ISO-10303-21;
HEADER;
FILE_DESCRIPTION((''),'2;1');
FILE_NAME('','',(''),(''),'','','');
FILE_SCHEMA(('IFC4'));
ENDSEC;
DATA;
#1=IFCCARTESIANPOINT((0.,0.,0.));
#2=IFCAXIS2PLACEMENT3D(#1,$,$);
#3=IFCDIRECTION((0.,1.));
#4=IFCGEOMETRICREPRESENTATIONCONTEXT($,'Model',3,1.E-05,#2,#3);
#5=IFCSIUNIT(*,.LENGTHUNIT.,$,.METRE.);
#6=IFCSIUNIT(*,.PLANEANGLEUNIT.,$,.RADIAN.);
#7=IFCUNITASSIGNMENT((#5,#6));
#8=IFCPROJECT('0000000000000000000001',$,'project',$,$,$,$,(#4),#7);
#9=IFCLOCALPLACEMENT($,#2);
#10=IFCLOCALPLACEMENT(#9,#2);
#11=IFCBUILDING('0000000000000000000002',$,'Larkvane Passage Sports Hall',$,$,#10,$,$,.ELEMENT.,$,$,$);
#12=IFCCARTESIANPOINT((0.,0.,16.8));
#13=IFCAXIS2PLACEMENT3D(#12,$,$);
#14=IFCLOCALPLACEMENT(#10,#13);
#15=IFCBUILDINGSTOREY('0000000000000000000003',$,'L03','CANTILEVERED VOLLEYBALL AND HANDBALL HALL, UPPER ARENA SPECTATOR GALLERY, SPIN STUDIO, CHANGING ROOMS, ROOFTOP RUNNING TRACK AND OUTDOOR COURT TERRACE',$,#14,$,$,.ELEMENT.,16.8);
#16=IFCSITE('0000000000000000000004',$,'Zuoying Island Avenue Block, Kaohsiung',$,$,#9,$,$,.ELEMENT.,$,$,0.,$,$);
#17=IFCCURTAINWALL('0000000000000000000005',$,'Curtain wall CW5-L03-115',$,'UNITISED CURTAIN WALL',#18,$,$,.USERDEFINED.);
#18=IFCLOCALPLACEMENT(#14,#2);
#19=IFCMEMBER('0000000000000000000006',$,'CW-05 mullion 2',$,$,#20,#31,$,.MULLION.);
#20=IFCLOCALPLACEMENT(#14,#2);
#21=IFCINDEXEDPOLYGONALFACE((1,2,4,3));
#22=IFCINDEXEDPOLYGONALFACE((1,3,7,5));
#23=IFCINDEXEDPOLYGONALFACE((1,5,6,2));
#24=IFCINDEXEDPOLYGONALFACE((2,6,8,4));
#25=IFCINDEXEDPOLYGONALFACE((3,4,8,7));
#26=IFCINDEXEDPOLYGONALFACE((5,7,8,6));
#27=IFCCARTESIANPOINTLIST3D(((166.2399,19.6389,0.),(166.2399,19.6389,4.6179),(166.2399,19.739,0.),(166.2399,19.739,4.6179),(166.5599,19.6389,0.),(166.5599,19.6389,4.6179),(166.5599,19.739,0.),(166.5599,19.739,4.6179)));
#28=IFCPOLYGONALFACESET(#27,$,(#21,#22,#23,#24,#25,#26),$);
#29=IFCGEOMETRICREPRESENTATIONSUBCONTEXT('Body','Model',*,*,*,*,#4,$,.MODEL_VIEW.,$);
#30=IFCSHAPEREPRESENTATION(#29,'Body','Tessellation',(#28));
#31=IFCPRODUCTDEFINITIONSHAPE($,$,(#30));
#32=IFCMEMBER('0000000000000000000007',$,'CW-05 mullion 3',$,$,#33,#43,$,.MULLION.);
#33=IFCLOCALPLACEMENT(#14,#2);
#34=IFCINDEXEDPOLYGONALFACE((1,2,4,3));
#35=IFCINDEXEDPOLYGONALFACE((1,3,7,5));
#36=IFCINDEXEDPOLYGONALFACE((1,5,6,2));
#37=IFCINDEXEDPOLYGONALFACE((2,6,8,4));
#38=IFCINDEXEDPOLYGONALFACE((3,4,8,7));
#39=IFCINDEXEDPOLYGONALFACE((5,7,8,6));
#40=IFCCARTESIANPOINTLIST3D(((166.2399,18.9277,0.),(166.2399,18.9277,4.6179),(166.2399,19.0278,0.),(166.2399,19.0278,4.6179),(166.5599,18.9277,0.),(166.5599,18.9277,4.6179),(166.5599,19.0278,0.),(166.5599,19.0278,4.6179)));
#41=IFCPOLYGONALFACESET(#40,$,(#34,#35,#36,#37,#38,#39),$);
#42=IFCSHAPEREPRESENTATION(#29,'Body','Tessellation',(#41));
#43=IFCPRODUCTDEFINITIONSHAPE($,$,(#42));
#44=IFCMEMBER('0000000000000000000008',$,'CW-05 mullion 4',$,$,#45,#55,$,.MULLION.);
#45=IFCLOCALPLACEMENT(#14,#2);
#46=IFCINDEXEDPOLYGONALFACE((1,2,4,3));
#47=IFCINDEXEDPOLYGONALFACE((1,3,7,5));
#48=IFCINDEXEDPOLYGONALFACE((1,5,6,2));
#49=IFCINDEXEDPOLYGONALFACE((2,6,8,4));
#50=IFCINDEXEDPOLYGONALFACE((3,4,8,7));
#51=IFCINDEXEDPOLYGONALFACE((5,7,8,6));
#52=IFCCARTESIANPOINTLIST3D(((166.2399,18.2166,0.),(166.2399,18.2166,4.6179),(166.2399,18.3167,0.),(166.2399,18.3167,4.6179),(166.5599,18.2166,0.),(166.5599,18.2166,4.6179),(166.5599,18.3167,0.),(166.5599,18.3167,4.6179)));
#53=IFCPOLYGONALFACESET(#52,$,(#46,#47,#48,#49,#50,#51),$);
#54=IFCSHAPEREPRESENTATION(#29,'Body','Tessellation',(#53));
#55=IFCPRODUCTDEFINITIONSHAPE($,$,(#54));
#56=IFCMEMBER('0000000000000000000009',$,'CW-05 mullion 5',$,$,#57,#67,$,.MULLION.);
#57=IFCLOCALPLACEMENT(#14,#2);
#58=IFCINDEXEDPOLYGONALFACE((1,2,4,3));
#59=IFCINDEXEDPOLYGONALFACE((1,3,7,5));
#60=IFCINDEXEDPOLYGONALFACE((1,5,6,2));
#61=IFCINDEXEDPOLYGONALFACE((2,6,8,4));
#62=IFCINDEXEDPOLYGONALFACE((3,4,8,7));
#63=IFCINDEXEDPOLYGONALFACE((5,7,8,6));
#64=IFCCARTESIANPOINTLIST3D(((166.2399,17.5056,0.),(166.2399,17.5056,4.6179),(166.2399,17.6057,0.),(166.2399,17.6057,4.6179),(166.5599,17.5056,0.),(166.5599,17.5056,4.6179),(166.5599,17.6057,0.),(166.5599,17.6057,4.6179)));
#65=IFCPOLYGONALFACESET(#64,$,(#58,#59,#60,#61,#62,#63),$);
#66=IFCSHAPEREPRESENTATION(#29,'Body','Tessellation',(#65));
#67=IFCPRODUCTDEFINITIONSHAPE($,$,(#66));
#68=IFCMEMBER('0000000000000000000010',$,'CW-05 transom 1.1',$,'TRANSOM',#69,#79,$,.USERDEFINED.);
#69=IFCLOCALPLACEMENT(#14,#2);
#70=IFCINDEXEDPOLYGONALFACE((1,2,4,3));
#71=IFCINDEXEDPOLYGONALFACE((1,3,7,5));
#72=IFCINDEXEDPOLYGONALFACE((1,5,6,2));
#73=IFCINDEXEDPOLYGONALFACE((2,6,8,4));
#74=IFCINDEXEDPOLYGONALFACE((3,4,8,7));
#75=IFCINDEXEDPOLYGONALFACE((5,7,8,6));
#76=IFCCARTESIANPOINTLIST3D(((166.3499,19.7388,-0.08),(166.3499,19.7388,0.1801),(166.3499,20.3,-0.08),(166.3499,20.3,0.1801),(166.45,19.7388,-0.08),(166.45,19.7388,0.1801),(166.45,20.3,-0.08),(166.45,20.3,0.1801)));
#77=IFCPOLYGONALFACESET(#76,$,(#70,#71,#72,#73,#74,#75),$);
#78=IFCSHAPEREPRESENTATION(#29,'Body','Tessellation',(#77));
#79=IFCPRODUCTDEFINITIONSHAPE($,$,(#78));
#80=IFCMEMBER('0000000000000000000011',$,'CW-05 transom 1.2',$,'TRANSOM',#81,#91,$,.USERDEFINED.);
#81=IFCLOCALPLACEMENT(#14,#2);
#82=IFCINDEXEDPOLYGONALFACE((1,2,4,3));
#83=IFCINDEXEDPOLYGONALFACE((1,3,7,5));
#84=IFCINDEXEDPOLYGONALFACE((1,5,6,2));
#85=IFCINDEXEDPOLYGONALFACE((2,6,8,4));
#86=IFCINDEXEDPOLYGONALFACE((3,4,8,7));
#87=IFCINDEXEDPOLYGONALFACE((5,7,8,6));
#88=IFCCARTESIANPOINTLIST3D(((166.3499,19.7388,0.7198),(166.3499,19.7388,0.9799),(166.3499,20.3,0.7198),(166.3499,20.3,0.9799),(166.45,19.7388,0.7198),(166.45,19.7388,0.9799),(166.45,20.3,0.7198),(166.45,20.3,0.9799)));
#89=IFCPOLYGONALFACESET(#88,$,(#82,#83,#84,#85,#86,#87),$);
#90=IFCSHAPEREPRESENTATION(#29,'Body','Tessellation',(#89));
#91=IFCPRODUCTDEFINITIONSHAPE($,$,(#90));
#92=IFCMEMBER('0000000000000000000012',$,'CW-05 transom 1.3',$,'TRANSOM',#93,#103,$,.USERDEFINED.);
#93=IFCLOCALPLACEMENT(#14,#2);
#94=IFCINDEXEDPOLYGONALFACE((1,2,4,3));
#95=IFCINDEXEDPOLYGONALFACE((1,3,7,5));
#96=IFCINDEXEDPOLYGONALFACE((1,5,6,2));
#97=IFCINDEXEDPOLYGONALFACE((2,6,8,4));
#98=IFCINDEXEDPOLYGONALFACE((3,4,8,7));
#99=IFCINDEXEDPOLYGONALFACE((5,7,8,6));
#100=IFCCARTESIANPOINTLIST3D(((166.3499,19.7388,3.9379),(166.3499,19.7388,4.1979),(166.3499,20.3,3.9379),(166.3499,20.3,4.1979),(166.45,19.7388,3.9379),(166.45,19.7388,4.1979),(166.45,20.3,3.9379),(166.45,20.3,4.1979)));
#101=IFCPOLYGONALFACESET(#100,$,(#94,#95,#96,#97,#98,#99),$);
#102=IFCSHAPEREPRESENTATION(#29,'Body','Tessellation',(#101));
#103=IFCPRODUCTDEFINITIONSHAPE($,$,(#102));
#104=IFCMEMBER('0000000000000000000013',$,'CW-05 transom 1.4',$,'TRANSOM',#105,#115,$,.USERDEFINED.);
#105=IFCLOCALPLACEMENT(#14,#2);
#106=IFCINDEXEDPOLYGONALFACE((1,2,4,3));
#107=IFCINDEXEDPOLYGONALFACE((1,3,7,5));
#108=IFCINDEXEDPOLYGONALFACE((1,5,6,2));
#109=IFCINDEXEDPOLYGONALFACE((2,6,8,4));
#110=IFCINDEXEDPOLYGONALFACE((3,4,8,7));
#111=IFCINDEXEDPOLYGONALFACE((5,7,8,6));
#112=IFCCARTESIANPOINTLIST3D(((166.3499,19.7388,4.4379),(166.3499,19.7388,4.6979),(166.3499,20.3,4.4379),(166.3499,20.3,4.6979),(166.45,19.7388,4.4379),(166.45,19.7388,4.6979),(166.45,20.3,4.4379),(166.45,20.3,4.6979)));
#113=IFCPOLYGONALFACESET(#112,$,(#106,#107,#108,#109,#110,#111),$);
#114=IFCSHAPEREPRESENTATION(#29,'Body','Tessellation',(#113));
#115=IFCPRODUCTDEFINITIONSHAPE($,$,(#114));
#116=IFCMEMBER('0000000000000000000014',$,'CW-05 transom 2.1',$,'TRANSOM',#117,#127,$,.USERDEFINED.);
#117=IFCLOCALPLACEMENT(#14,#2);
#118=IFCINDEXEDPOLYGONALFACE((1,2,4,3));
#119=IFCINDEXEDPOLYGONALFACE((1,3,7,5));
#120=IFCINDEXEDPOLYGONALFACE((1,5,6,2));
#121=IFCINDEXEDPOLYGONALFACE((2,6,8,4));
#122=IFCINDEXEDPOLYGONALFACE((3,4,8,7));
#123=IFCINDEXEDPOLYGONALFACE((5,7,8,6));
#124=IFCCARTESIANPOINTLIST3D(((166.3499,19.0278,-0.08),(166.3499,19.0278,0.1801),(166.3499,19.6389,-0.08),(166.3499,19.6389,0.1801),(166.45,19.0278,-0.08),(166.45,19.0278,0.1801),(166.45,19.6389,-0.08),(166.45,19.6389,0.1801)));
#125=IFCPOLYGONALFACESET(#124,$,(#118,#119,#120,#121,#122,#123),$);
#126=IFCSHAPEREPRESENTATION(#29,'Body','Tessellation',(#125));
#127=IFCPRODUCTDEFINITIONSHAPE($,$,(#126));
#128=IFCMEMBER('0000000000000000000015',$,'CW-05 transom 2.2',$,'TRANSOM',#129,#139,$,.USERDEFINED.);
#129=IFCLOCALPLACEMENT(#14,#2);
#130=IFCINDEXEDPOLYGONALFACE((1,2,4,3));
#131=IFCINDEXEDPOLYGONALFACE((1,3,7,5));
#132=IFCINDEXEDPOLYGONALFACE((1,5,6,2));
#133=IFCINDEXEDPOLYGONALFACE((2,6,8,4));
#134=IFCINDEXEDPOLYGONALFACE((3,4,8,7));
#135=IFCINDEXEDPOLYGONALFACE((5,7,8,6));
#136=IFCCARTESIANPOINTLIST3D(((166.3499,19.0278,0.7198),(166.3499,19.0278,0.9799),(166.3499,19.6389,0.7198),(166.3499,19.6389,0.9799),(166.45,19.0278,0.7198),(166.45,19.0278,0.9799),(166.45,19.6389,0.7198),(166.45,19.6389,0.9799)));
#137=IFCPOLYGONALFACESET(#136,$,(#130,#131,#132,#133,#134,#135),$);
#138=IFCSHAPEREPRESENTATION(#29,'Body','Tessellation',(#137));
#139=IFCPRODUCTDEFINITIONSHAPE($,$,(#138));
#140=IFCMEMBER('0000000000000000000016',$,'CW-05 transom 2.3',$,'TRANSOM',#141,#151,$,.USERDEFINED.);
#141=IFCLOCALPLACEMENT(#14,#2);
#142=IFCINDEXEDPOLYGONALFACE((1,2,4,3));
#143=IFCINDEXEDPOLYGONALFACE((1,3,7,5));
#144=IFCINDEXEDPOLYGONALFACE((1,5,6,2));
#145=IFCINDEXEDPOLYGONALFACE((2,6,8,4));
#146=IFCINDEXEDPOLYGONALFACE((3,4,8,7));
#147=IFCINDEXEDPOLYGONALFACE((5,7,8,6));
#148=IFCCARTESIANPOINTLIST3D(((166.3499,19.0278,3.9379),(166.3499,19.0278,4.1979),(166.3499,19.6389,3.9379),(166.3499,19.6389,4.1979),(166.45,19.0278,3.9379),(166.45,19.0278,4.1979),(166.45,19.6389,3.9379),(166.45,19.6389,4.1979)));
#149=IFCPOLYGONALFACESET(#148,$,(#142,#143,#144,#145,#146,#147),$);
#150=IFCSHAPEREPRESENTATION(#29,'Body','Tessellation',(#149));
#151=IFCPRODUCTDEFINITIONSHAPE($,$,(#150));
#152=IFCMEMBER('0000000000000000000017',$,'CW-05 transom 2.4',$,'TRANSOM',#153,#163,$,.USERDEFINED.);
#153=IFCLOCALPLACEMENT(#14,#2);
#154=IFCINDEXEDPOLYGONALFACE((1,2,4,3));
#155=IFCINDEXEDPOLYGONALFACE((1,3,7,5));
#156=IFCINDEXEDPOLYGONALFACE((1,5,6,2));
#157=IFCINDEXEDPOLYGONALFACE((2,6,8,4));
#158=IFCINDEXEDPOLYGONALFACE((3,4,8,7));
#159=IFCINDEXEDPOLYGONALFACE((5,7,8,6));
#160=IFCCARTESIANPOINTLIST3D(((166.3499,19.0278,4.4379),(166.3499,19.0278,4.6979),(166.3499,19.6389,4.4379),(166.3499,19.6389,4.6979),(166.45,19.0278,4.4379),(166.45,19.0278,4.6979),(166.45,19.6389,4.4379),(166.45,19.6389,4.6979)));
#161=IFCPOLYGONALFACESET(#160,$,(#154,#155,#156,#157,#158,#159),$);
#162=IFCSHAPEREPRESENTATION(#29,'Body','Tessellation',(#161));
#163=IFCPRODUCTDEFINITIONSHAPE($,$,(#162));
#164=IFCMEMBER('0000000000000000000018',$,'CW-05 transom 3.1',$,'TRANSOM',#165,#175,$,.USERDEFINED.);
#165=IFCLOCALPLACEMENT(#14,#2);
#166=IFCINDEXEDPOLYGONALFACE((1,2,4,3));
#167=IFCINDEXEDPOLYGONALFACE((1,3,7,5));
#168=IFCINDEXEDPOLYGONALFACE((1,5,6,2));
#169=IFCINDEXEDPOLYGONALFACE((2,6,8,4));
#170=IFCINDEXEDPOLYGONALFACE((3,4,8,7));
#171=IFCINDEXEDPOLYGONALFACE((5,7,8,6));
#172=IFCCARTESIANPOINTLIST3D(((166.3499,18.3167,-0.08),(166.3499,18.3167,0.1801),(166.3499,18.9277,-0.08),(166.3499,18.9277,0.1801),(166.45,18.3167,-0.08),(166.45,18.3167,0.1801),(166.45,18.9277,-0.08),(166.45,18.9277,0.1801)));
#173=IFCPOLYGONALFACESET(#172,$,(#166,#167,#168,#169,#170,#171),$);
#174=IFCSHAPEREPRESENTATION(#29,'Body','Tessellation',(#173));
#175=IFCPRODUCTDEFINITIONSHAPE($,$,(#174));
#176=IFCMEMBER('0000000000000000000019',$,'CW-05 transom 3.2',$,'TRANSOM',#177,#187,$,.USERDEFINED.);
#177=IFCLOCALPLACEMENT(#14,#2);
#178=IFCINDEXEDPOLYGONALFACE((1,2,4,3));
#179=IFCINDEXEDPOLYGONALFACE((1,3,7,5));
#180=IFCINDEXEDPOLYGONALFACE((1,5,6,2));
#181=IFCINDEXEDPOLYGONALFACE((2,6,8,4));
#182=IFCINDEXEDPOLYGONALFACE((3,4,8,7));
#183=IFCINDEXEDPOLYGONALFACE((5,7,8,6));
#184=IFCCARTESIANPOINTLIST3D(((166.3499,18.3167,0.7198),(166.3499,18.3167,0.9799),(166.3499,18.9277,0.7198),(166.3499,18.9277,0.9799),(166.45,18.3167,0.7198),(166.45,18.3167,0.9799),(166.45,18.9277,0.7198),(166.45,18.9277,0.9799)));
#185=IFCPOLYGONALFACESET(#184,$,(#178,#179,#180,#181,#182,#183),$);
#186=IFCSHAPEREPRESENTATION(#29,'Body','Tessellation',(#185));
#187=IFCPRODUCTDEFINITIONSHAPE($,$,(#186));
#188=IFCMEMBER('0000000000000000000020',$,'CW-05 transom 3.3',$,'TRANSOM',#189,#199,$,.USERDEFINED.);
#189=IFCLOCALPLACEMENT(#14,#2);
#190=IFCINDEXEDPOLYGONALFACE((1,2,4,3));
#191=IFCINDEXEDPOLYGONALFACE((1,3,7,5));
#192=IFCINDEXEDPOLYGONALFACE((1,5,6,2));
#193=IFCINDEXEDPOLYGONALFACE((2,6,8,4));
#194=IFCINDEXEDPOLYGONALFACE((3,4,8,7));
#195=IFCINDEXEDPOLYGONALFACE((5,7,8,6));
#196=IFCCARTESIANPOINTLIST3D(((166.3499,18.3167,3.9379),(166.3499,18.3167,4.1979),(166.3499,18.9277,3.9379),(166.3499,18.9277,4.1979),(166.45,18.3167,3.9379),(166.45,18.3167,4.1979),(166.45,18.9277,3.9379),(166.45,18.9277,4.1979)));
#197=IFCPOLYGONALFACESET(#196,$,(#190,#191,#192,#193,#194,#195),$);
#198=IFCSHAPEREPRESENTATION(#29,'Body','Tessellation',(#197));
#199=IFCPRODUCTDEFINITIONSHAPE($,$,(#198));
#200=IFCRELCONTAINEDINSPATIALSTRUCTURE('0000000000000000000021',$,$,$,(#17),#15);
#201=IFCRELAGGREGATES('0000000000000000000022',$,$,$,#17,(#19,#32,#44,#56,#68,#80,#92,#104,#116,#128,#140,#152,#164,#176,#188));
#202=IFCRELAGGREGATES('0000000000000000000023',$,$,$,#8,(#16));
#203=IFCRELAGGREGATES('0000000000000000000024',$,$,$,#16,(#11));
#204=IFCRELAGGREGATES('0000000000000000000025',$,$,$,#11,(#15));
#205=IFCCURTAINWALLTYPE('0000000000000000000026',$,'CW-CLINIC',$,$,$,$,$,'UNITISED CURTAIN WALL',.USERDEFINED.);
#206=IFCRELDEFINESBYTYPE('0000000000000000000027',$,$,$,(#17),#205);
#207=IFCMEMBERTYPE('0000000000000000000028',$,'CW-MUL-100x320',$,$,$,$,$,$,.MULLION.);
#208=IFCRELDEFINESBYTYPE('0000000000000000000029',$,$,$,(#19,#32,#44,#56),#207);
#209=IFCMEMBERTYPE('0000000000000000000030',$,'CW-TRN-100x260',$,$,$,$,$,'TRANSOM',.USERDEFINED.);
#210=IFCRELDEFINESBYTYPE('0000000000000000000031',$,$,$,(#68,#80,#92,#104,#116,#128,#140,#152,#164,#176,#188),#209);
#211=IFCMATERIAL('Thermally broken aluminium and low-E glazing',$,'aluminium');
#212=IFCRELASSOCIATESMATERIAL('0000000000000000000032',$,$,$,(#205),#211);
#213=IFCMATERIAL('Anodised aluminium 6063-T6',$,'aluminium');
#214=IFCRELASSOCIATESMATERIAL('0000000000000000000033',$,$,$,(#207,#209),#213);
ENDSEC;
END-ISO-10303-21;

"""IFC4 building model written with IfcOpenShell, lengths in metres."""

from ifc_helpers import new_model, si_unit, direction, frame, origin, origin_2d, place, context, subcontext, project, spatial, rectangle, extrude, material, material_profile, profile_set, type_object, element, aggregate, save


model = new_model("IFC4")

# Units and contexts
model_context = context("Model", 3, precision=1e-05, world=origin(), true_north=direction((0.0, 1.0)))
body_context = subcontext(model_context, "Body", "Model", "MODEL_VIEW")
ifc_project = project(units=[si_unit("LENGTHUNIT", "METRE"), si_unit("PLANEANGLEUNIT", "RADIAN")], contexts=[model_context])

# Site, building, storey
site_placement = place(None, origin())
site = spatial("IfcSite", under=ifc_project, at=site_placement, Name="Zuoying Island Avenue Block, Kaohsiung", CompositionType="ELEMENT", RefElevation=0.0)
building_placement = place(site_placement, origin())
building = spatial("IfcBuilding", under=site, at=building_placement, Name="Larkvane Passage Sports Hall", CompositionType="ELEMENT")
storey_placement = place(building_placement, frame((0.0, 0.0, 16.8)))
storey = spatial("IfcBuildingStorey", under=building, at=storey_placement, Name="L03", Description="CANTILEVERED VOLLEYBALL AND HANDBALL HALL, UPPER ARENA SPECTATOR GALLERY, SPIN STUDIO, CHANGING ROOMS, ROOFTOP RUNNING TRACK AND OUTDOOR COURT TERRACE", CompositionType="ELEMENT", Elevation=16.8)

# Curtain wall, members
ifc_material_1 = material(Name="Thermally broken aluminium and low-E glazing", Category="aluminium")
curtain_wall_type = type_object("IfcCurtainWallType", Name="CW-CLINIC", ElementType="UNITISED CURTAIN WALL", PredefinedType="USERDEFINED", material=ifc_material_1)
curtain_wall_placement = place(storey_placement, origin())
curtain_wall = element("IfcCurtainWall", 1, at=curtain_wall_placement, inside=storey, type_object=curtain_wall_type, Name="Curtain wall CW5-L03-115", ObjectType="UNITISED CURTAIN WALL", PredefinedType="USERDEFINED")
ifc_material_2 = material(Name="Anodised aluminium 6063-T6", Category="aluminium")
ifc_material_profile_1 = material_profile(ifc_material_2, rectangle(XDim=0.1001, YDim=0.3201, at=origin_2d()), Name="ALU-MUL-100x320")
ifc_profile_set_1 = profile_set([ifc_material_profile_1], Name="Anodised aluminium 6063-T6")
member_type_1 = type_object("IfcMemberType", Name="CW-MUL-100x320", PredefinedType="MULLION", material=ifc_profile_set_1)
member_1_placement = place(storey_placement, frame((166.3999, 19.689, 0.0), z_axis=(0.0, 0.0, 1.0), x_axis=(0.0, -1.0, 0.0)))
member_1 = element("IfcMember", 2, at=member_1_placement, type_object=member_type_1, Name="CW-05 mullion 2", PredefinedType="MULLION", context=body_context, shape_type="SweptSolid", body=[
    extrude(rectangle(XDim=0.1001, YDim=0.3201, at=origin_2d()), origin(), (0.0, 0.0, 1.0), 4.6179),
])
member_2_placement = place(storey_placement, frame((166.3999, 18.9778, 0.0), z_axis=(0.0, 0.0, 1.0), x_axis=(0.0, -1.0, 0.0)))
member_2 = element("IfcMember", 3, at=member_2_placement, type_object=member_type_1, Name="CW-05 mullion 3", PredefinedType="MULLION", context=body_context, shape_type="SweptSolid", body=[
    extrude(rectangle(XDim=0.1001, YDim=0.3201, at=origin_2d()), origin(), (0.0, 0.0, 1.0), 4.6179),
])
member_3_placement = place(storey_placement, frame((166.3999, 18.2666, 0.0), z_axis=(0.0, 0.0, 1.0), x_axis=(0.0, -1.0, 0.0)))
member_3 = element("IfcMember", 4, at=member_3_placement, type_object=member_type_1, Name="CW-05 mullion 4", PredefinedType="MULLION", context=body_context, shape_type="SweptSolid", body=[
    extrude(rectangle(XDim=0.1001, YDim=0.3201, at=origin_2d()), origin(), (0.0, 0.0, 1.0), 4.6179),
])
member_4_placement = place(storey_placement, frame((166.3999, 17.5557, 0.0), z_axis=(0.0, 0.0, 1.0), x_axis=(0.0, -1.0, 0.0)))
member_4 = element("IfcMember", 5, at=member_4_placement, type_object=member_type_1, Name="CW-05 mullion 5", PredefinedType="MULLION", context=body_context, shape_type="SweptSolid", body=[
    extrude(rectangle(XDim=0.1001, YDim=0.3201, at=origin_2d()), origin(), (0.0, 0.0, 1.0), 4.6179),
])
ifc_material_profile_2 = material_profile(ifc_material_2, rectangle(XDim=0.1001, YDim=0.26, at=origin_2d()), Name="ALU-TRN-100x260")
ifc_profile_set_2 = profile_set([ifc_material_profile_2], Name="Anodised aluminium 6063-T6")
member_type_2 = type_object("IfcMemberType", Name="CW-TRN-100x260", ElementType="TRANSOM", PredefinedType="USERDEFINED", material=ifc_profile_set_2)
member_5_placement = place(storey_placement, frame((166.3999, 20.3, 0.05), z_axis=(0.0, -1.0, 0.0), x_axis=(1.0, 0.0, 0.0)))
member_5 = element("IfcMember", 6, at=member_5_placement, type_object=member_type_2, Name="CW-05 transom 1.1", ObjectType="TRANSOM", PredefinedType="USERDEFINED", context=body_context, shape_type="SweptSolid", body=[
    extrude(rectangle(XDim=0.1001, YDim=0.26, at=origin_2d()), origin(), (0.0, 0.0, 1.0), 0.5613),
])
member_6_placement = place(storey_placement, frame((166.3999, 20.3, 0.8499), z_axis=(0.0, -1.0, 0.0), x_axis=(1.0, 0.0, 0.0)))
member_6 = element("IfcMember", 7, at=member_6_placement, type_object=member_type_2, Name="CW-05 transom 1.2", ObjectType="TRANSOM", PredefinedType="USERDEFINED", context=body_context, shape_type="SweptSolid", body=[
    extrude(rectangle(XDim=0.1001, YDim=0.26, at=origin_2d()), origin(), (0.0, 0.0, 1.0), 0.5613),
])
member_7_placement = place(storey_placement, frame((166.3999, 20.3, 4.0679), z_axis=(0.0, -1.0, 0.0), x_axis=(1.0, 0.0, 0.0)))
member_7 = element("IfcMember", 8, at=member_7_placement, type_object=member_type_2, Name="CW-05 transom 1.3", ObjectType="TRANSOM", PredefinedType="USERDEFINED", context=body_context, shape_type="SweptSolid", body=[
    extrude(rectangle(XDim=0.1001, YDim=0.26, at=origin_2d()), origin(), (0.0, 0.0, 1.0), 0.5613),
])
member_8_placement = place(storey_placement, frame((166.3999, 20.3, 4.5679), z_axis=(0.0, -1.0, 0.0), x_axis=(1.0, 0.0, 0.0)))
member_8 = element("IfcMember", 9, at=member_8_placement, type_object=member_type_2, Name="CW-05 transom 1.4", ObjectType="TRANSOM", PredefinedType="USERDEFINED", context=body_context, shape_type="SweptSolid", body=[
    extrude(rectangle(XDim=0.1001, YDim=0.26, at=origin_2d()), origin(), (0.0, 0.0, 1.0), 0.5613),
])
member_9_placement = place(storey_placement, frame((166.3999, 19.6389, 0.05), z_axis=(0.0, -1.0, 0.0), x_axis=(1.0, 0.0, 0.0)))
member_9 = element("IfcMember", 10, at=member_9_placement, type_object=member_type_2, Name="CW-05 transom 2.1", ObjectType="TRANSOM", PredefinedType="USERDEFINED", context=body_context, shape_type="SweptSolid", body=[
    extrude(rectangle(XDim=0.1001, YDim=0.26, at=origin_2d()), origin(), (0.0, 0.0, 1.0), 0.6111),
])
member_10_placement = place(storey_placement, frame((166.3999, 19.6389, 0.8499), z_axis=(0.0, -1.0, 0.0), x_axis=(1.0, 0.0, 0.0)))
member_10 = element("IfcMember", 11, at=member_10_placement, type_object=member_type_2, Name="CW-05 transom 2.2", ObjectType="TRANSOM", PredefinedType="USERDEFINED", context=body_context, shape_type="SweptSolid", body=[
    extrude(rectangle(XDim=0.1001, YDim=0.26, at=origin_2d()), origin(), (0.0, 0.0, 1.0), 0.6111),
])
member_11_placement = place(storey_placement, frame((166.3999, 19.6389, 4.0679), z_axis=(0.0, -1.0, 0.0), x_axis=(1.0, 0.0, 0.0)))
member_11 = element("IfcMember", 12, at=member_11_placement, type_object=member_type_2, Name="CW-05 transom 2.3", ObjectType="TRANSOM", PredefinedType="USERDEFINED", context=body_context, shape_type="SweptSolid", body=[
    extrude(rectangle(XDim=0.1001, YDim=0.26, at=origin_2d()), origin(), (0.0, 0.0, 1.0), 0.6111),
])
member_12_placement = place(storey_placement, frame((166.3999, 19.6389, 4.5679), z_axis=(0.0, -1.0, 0.0), x_axis=(1.0, 0.0, 0.0)))
member_12 = element("IfcMember", 13, at=member_12_placement, type_object=member_type_2, Name="CW-05 transom 2.4", ObjectType="TRANSOM", PredefinedType="USERDEFINED", context=body_context, shape_type="SweptSolid", body=[
    extrude(rectangle(XDim=0.1001, YDim=0.26, at=origin_2d()), origin(), (0.0, 0.0, 1.0), 0.6111),
])
member_13_placement = place(storey_placement, frame((166.3999, 18.9277, 0.05), z_axis=(0.0, -1.0, 0.0), x_axis=(1.0, 0.0, 0.0)))
member_13 = element("IfcMember", 14, at=member_13_placement, type_object=member_type_2, Name="CW-05 transom 3.1", ObjectType="TRANSOM", PredefinedType="USERDEFINED", context=body_context, shape_type="SweptSolid", body=[
    extrude(rectangle(XDim=0.1001, YDim=0.26, at=origin_2d()), origin(), (0.0, 0.0, 1.0), 0.6111),
])
member_14_placement = place(storey_placement, frame((166.3999, 18.9277, 0.8499), z_axis=(0.0, -1.0, 0.0), x_axis=(1.0, 0.0, 0.0)))
member_14 = element("IfcMember", 15, at=member_14_placement, type_object=member_type_2, Name="CW-05 transom 3.2", ObjectType="TRANSOM", PredefinedType="USERDEFINED", context=body_context, shape_type="SweptSolid", body=[
    extrude(rectangle(XDim=0.1001, YDim=0.26, at=origin_2d()), origin(), (0.0, 0.0, 1.0), 0.6111),
])
member_15_placement = place(storey_placement, frame((166.3999, 18.9277, 4.0679), z_axis=(0.0, -1.0, 0.0), x_axis=(1.0, 0.0, 0.0)))
member_15 = element("IfcMember", 16, at=member_15_placement, type_object=member_type_2, Name="CW-05 transom 3.3", ObjectType="TRANSOM", PredefinedType="USERDEFINED", context=body_context, shape_type="SweptSolid", body=[
    extrude(rectangle(XDim=0.1001, YDim=0.26, at=origin_2d()), origin(), (0.0, 0.0, 1.0), 0.6111),
])
aggregate(curtain_wall, [member_1, member_2, member_3, member_4, member_5, member_6, member_7, member_8, member_9, member_10, member_11, member_12, member_13, member_14, member_15])

save(model, "model.ifc")
